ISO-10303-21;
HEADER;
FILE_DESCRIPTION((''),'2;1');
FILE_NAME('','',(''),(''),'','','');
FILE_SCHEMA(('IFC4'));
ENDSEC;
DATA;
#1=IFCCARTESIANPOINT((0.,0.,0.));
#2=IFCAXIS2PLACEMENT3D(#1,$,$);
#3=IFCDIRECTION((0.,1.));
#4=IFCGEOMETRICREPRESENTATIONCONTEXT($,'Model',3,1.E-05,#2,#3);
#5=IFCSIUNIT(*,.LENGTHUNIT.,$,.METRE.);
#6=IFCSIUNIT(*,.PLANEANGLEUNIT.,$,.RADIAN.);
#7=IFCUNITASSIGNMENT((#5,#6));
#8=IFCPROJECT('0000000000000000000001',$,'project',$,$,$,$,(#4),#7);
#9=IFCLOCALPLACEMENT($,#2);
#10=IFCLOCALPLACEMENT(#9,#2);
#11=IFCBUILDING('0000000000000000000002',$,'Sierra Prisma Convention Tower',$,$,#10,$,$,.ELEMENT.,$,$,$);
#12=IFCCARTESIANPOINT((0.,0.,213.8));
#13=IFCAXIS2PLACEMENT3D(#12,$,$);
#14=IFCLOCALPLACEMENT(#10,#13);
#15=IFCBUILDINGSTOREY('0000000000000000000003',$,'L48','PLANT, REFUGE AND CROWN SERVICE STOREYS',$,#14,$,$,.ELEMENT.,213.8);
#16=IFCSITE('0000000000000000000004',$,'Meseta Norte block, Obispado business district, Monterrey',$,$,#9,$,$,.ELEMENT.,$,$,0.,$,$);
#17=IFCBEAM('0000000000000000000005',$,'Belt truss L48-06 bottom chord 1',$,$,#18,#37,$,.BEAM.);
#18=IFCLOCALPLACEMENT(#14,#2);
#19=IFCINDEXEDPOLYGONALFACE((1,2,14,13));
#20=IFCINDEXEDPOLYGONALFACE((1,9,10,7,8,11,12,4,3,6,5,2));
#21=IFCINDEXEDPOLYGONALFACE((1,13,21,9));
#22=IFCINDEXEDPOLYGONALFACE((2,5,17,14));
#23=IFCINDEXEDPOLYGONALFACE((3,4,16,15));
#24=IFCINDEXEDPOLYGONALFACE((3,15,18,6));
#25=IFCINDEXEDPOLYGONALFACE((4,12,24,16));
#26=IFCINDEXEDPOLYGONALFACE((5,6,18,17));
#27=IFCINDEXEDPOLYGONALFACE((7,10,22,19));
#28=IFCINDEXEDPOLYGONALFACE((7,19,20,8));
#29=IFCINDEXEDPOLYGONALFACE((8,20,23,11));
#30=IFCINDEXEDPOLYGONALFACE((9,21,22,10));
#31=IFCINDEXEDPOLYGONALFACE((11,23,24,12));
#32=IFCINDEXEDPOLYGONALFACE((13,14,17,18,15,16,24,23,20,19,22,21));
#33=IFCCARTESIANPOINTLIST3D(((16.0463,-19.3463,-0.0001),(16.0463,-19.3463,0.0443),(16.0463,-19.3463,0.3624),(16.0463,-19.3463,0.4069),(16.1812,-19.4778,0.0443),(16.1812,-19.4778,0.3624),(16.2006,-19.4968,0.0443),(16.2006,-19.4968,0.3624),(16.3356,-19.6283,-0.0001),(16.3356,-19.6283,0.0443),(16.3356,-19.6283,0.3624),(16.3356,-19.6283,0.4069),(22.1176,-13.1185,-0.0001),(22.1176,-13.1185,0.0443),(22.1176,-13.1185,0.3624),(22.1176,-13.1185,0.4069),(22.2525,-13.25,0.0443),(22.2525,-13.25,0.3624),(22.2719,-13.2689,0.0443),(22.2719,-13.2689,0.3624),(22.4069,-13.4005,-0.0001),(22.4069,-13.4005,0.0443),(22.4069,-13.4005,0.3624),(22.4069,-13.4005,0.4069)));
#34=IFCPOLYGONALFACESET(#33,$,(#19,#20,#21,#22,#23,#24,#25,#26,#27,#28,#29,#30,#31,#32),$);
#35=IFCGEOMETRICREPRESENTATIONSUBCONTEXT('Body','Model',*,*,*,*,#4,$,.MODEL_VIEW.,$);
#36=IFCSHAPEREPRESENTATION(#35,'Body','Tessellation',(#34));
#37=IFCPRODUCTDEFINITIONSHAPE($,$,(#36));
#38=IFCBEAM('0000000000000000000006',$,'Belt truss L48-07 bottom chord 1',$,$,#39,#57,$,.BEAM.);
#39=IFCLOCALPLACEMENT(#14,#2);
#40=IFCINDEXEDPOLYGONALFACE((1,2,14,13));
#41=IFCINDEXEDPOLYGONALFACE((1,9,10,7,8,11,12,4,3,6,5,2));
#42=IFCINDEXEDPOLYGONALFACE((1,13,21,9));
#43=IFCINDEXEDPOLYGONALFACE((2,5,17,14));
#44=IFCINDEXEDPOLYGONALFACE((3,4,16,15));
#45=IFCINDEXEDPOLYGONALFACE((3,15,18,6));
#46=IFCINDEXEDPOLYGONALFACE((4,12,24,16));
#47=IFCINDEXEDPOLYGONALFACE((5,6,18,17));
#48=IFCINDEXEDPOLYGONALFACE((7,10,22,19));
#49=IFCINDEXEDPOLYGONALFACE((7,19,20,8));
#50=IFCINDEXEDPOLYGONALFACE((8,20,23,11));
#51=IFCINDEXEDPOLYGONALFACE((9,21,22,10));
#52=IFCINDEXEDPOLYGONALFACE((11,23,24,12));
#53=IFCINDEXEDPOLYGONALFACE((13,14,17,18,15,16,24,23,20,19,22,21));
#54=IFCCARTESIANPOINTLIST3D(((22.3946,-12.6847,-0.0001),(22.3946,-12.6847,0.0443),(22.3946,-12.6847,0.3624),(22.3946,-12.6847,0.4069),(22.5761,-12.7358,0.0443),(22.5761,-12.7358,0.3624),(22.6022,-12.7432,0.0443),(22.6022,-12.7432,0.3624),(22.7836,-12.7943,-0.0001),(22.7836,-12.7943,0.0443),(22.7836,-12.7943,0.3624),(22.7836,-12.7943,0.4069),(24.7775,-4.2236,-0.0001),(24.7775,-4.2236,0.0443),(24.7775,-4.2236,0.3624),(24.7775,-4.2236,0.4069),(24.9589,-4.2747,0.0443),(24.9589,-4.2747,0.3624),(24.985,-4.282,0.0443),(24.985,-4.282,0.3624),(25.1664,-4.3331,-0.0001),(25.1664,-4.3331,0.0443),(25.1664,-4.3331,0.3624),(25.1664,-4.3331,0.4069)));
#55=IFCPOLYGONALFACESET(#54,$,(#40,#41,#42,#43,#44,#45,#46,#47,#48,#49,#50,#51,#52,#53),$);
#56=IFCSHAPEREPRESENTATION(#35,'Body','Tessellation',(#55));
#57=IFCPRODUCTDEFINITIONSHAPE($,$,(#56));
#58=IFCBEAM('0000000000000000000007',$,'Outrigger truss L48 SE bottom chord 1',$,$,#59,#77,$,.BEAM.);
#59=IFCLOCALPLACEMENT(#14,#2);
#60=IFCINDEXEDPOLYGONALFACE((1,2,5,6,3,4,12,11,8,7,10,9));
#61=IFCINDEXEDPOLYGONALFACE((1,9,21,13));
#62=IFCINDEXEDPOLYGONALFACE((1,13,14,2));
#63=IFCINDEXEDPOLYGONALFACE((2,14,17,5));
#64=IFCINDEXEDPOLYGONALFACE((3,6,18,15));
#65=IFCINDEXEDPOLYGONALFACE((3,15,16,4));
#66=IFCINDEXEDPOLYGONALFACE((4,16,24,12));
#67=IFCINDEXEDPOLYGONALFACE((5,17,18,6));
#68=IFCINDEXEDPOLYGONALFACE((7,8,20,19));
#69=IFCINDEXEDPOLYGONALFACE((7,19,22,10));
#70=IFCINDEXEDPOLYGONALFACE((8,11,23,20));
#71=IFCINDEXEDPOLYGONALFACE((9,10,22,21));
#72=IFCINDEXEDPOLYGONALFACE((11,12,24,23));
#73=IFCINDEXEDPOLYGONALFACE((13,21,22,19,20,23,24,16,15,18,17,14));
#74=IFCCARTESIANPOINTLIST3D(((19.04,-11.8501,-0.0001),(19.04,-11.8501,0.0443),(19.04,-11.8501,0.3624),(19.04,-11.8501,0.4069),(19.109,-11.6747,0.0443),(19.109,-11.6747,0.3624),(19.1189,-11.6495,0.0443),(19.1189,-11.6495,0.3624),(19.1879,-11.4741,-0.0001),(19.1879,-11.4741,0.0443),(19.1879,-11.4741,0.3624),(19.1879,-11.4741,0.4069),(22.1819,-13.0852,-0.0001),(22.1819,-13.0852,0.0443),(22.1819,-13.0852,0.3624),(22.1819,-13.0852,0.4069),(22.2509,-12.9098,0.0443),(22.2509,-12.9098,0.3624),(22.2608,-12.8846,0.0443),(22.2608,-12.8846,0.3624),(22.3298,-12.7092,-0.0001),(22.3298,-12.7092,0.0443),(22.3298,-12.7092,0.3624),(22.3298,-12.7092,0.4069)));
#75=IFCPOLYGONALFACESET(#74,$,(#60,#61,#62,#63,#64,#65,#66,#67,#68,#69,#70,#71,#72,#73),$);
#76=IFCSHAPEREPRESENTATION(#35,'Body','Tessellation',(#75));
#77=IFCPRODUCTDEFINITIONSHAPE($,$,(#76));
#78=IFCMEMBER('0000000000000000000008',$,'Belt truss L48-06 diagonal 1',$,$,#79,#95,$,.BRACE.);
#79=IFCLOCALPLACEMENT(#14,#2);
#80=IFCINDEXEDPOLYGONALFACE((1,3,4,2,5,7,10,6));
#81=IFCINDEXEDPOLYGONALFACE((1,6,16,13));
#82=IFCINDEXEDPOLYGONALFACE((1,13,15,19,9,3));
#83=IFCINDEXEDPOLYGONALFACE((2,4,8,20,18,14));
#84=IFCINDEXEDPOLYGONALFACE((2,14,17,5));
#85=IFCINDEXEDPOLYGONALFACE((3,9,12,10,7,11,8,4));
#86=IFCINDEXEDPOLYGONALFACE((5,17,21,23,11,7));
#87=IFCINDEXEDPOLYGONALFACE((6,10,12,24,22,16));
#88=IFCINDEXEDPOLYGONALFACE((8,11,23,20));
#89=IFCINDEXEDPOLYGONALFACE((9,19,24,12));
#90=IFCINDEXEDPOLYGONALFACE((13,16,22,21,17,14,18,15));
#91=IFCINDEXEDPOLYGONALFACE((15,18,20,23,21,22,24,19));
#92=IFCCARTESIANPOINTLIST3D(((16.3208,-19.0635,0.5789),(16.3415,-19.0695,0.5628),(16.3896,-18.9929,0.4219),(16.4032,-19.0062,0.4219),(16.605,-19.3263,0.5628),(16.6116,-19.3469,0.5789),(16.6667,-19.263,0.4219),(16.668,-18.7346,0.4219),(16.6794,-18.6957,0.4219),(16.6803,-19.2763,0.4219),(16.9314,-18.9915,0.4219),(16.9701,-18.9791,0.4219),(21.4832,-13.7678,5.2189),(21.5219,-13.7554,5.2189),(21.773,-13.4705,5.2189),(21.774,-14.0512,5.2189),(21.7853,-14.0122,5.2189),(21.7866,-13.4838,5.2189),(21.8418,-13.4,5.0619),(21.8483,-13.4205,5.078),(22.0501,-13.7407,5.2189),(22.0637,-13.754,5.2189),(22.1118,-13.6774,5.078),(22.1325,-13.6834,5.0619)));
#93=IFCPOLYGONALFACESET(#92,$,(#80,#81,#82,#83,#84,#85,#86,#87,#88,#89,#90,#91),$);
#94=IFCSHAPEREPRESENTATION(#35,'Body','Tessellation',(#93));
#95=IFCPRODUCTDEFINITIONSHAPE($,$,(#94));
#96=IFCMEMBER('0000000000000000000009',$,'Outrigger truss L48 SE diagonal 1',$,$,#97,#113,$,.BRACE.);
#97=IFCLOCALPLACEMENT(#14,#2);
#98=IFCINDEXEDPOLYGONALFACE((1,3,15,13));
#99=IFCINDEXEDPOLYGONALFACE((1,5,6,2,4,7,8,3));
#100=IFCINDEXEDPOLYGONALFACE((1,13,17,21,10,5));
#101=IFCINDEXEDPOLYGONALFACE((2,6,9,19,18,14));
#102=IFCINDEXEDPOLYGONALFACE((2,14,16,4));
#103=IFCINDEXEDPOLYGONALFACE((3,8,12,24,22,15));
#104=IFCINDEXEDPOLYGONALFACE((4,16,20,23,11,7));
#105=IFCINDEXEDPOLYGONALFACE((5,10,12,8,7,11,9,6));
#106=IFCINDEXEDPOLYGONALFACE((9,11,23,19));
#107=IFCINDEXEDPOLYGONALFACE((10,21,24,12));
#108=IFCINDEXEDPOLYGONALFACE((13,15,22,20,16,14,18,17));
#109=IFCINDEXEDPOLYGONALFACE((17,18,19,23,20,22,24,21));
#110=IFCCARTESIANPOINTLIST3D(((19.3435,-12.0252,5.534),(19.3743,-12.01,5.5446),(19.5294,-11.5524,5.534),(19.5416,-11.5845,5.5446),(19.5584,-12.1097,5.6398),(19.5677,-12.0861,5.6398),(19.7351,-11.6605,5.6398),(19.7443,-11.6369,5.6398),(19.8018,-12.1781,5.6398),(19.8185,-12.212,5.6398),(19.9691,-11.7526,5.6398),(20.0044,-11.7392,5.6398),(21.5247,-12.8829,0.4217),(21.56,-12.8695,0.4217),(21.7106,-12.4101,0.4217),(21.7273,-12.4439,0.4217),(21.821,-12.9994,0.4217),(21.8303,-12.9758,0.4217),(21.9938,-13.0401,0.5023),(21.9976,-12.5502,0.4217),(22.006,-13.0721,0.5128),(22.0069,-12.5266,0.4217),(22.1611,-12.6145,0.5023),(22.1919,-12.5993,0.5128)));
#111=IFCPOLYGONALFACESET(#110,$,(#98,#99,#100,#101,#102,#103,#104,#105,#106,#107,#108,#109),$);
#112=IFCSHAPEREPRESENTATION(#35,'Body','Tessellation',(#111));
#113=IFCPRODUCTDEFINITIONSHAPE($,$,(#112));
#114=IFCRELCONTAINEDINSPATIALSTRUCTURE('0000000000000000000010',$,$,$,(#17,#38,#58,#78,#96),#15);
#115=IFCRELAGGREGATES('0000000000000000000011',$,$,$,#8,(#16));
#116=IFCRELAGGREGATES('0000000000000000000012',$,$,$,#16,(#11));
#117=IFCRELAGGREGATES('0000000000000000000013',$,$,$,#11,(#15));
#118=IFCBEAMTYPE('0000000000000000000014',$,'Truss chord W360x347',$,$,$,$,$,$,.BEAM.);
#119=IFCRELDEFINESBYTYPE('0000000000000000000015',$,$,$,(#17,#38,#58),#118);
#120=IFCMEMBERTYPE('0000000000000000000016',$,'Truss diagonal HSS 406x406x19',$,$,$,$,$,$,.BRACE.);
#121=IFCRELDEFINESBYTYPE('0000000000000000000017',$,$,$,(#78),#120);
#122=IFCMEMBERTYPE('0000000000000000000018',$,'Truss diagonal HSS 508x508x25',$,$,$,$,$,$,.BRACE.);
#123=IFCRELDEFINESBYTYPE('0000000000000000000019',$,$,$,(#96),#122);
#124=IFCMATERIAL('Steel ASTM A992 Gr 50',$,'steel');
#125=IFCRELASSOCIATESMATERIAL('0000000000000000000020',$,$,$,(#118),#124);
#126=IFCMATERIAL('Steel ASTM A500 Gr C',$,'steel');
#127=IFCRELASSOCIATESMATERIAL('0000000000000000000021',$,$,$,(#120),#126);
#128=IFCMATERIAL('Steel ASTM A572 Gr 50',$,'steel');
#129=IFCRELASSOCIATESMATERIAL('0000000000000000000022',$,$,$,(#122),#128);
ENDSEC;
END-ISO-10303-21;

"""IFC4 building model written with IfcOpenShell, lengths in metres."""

from ifc_helpers import new_model, si_unit, direction, frame, origin, origin_2d, place, context, subcontext, project, spatial, hollow_rectangle, i_section, extrude, clip, halfspace, material, material_profile, profile_set, type_object, element, save


model = new_model("IFC4")

# Units and contexts
model_context = context("Model", 3, precision=1e-05, world=origin(), true_north=direction((0.0, 1.0)))
body_context = subcontext(model_context, "Body", "Model", "MODEL_VIEW")
ifc_project = project(units=[si_unit("LENGTHUNIT", "METRE"), si_unit("PLANEANGLEUNIT", "RADIAN")], contexts=[model_context])

# Site, building, storey
site_placement = place(None, origin())
site = spatial("IfcSite", under=ifc_project, at=site_placement, Name="Meseta Norte block, Obispado business district, Monterrey", CompositionType="ELEMENT", RefElevation=0.0)
building_placement = place(site_placement, origin())
building = spatial("IfcBuilding", under=site, at=building_placement, Name="Sierra Prisma Convention Tower", CompositionType="ELEMENT")
storey_placement = place(building_placement, frame((0.0, 0.0, 213.8)))
storey = spatial("IfcBuildingStorey", under=building, at=storey_placement, Name="L48", Description="PLANT, REFUGE AND CROWN SERVICE STOREYS", CompositionType="ELEMENT", Elevation=213.8)

# Beams
ifc_material_1 = material(Name="Steel ASTM A992 Gr 50", Category="steel")
ifc_material_profile_1 = material_profile(ifc_material_1, i_section(OverallWidth=0.4041, OverallDepth=0.407, WebThickness=0.0271, FlangeThickness=0.0444, at=origin_2d()), Name="W360x347")
ifc_profile_set_1 = profile_set([ifc_material_profile_1], Name="Steel ASTM A992 Gr 50")
beam_type_1 = type_object("IfcBeamType", Name="Truss chord W360x347", PredefinedType="BEAM", material=ifc_profile_set_1)
beam_1_placement = place(storey_placement, frame((16.1909, -19.4873, 0.2034), z_axis=(0.698053, 0.716046, 0.0), x_axis=(-0.716046, 0.698053, 0.0)))
element("IfcBeam", 1, at=beam_1_placement, inside=storey, type_object=beam_type_1, Name="Belt truss L48-06 bottom chord 1", PredefinedType="BEAM", context=body_context, shape_type="SweptSolid", body=[
    extrude(i_section(OverallWidth=0.4041, OverallDepth=0.407, WebThickness=0.0271, FlangeThickness=0.0444, at=origin_2d()), origin(), (0.0, 0.0, 1.0), 8.6975),
])
beam_2_placement = place(storey_placement, frame((22.5891, -12.7395, 0.2034), z_axis=(0.271073, 0.962559, 0.0), x_axis=(-0.962559, 0.271073, 0.0)))
element("IfcBeam", 2, at=beam_2_placement, inside=storey, type_object=beam_type_1, Name="Belt truss L48-07 bottom chord 1", PredefinedType="BEAM", context=body_context, shape_type="SweptSolid", body=[
    extrude(i_section(OverallWidth=0.4041, OverallDepth=0.407, WebThickness=0.0271, FlangeThickness=0.0444, at=origin_2d()), origin(), (0.0, 0.0, 1.0), 8.7903),
])
beam_3_placement = place(storey_placement, frame((22.2559, -12.8972, 0.2034), z_axis=(-0.93067, 0.36586, 0.0), x_axis=(-0.36586, -0.93067, 0.0)))
element("IfcBeam", 3, at=beam_3_placement, inside=storey, type_object=beam_type_1, Name="Outrigger truss L48 SE bottom chord 1", PredefinedType="BEAM", context=body_context, shape_type="SweptSolid", body=[
    extrude(i_section(OverallWidth=0.4041, OverallDepth=0.407, WebThickness=0.0271, FlangeThickness=0.0444, at=origin_2d()), origin(), (0.0, 0.0, 1.0), 3.376),
])

# Members
ifc_material_2 = material(Name="Steel ASTM A500 Gr C", Category="steel")
ifc_material_profile_2 = material_profile(ifc_material_2, hollow_rectangle(XDim=0.406, YDim=0.406, WallThickness=0.019, at=origin_2d()), Name="Truss diagonal HSS 406x406x19")
ifc_profile_set_2 = profile_set([ifc_material_profile_2], Name="Steel ASTM A500 Gr C")
member_type_1 = type_object("IfcMemberType", Name="Truss diagonal HSS 406x406x19", PredefinedType="BRACE", material=ifc_profile_set_2)
member_1_placement = place(storey_placement, frame((16.5415, -19.1279, 0.407), z_axis=(0.591296, 0.606564, 0.531459), x_axis=(-0.716062, 0.698037, 0.0)))
element("IfcMember", 4, at=member_1_placement, inside=storey, type_object=member_type_1, Name="Belt truss L48-06 diagonal 1", PredefinedType="BRACE", context=body_context, shape_type="SweptSolid", body=[
    clip(clip(extrude(hollow_rectangle(XDim=0.406, YDim=0.406, WallThickness=0.019, at=origin_2d()), origin(), (0.0, 0.0, 1.0), 9.0823), halfspace(frame((0.0, 0.0127, 0.0078), z_axis=(0.0, 0.847084, 0.531459), x_axis=(1.0, 0.0, 0.0)), True)), halfspace(frame((0.0, -0.0127, 9.0745), z_axis=(0.0, -0.847084, -0.531459), x_axis=(1.0, 0.0, 0.0)), True)),
])
ifc_material_3 = material(Name="Steel ASTM A572 Gr 50", Category="steel")
ifc_material_profile_3 = material_profile(ifc_material_3, hollow_rectangle(XDim=0.5081, YDim=0.5081, WallThickness=0.0254, at=origin_2d()), Name="Truss diagonal HSS 508x508x25")
ifc_profile_set_3 = profile_set([ifc_material_profile_3], Name="Steel ASTM A572 Gr 50")
member_type_2 = type_object("IfcMemberType", Name="Truss diagonal HSS 508x508x25", PredefinedType="BRACE", material=ifc_profile_set_3)
member_2_placement = place(storey_placement, frame((21.884, -12.7512, 0.407), z_axis=(-0.387842, 0.152507, 0.909022), x_axis=(-0.365945, -0.930636, 0.0)))
element("IfcMember", 5, at=member_2_placement, inside=storey, type_object=member_type_2, Name="Outrigger truss L48 SE diagonal 1", PredefinedType="BRACE", context=body_context, shape_type="SweptSolid", body=[
    clip(clip(extrude(hollow_rectangle(XDim=0.5081, YDim=0.5081, WallThickness=0.0254, at=origin_2d()), origin(), (0.0, 0.0, 1.0), 5.7566), halfspace(frame((0.0, 0.0061, 0.0134), z_axis=(0.0, 0.416749, 0.909022), x_axis=(1.0, 0.0, 0.0)), True)), halfspace(frame((0.0, 0.0, 5.7566), z_axis=(0.0, -0.416749, -0.909022), x_axis=(1.0, 0.0, 0.0)), True)),
])

save(model, "model.ifc")
